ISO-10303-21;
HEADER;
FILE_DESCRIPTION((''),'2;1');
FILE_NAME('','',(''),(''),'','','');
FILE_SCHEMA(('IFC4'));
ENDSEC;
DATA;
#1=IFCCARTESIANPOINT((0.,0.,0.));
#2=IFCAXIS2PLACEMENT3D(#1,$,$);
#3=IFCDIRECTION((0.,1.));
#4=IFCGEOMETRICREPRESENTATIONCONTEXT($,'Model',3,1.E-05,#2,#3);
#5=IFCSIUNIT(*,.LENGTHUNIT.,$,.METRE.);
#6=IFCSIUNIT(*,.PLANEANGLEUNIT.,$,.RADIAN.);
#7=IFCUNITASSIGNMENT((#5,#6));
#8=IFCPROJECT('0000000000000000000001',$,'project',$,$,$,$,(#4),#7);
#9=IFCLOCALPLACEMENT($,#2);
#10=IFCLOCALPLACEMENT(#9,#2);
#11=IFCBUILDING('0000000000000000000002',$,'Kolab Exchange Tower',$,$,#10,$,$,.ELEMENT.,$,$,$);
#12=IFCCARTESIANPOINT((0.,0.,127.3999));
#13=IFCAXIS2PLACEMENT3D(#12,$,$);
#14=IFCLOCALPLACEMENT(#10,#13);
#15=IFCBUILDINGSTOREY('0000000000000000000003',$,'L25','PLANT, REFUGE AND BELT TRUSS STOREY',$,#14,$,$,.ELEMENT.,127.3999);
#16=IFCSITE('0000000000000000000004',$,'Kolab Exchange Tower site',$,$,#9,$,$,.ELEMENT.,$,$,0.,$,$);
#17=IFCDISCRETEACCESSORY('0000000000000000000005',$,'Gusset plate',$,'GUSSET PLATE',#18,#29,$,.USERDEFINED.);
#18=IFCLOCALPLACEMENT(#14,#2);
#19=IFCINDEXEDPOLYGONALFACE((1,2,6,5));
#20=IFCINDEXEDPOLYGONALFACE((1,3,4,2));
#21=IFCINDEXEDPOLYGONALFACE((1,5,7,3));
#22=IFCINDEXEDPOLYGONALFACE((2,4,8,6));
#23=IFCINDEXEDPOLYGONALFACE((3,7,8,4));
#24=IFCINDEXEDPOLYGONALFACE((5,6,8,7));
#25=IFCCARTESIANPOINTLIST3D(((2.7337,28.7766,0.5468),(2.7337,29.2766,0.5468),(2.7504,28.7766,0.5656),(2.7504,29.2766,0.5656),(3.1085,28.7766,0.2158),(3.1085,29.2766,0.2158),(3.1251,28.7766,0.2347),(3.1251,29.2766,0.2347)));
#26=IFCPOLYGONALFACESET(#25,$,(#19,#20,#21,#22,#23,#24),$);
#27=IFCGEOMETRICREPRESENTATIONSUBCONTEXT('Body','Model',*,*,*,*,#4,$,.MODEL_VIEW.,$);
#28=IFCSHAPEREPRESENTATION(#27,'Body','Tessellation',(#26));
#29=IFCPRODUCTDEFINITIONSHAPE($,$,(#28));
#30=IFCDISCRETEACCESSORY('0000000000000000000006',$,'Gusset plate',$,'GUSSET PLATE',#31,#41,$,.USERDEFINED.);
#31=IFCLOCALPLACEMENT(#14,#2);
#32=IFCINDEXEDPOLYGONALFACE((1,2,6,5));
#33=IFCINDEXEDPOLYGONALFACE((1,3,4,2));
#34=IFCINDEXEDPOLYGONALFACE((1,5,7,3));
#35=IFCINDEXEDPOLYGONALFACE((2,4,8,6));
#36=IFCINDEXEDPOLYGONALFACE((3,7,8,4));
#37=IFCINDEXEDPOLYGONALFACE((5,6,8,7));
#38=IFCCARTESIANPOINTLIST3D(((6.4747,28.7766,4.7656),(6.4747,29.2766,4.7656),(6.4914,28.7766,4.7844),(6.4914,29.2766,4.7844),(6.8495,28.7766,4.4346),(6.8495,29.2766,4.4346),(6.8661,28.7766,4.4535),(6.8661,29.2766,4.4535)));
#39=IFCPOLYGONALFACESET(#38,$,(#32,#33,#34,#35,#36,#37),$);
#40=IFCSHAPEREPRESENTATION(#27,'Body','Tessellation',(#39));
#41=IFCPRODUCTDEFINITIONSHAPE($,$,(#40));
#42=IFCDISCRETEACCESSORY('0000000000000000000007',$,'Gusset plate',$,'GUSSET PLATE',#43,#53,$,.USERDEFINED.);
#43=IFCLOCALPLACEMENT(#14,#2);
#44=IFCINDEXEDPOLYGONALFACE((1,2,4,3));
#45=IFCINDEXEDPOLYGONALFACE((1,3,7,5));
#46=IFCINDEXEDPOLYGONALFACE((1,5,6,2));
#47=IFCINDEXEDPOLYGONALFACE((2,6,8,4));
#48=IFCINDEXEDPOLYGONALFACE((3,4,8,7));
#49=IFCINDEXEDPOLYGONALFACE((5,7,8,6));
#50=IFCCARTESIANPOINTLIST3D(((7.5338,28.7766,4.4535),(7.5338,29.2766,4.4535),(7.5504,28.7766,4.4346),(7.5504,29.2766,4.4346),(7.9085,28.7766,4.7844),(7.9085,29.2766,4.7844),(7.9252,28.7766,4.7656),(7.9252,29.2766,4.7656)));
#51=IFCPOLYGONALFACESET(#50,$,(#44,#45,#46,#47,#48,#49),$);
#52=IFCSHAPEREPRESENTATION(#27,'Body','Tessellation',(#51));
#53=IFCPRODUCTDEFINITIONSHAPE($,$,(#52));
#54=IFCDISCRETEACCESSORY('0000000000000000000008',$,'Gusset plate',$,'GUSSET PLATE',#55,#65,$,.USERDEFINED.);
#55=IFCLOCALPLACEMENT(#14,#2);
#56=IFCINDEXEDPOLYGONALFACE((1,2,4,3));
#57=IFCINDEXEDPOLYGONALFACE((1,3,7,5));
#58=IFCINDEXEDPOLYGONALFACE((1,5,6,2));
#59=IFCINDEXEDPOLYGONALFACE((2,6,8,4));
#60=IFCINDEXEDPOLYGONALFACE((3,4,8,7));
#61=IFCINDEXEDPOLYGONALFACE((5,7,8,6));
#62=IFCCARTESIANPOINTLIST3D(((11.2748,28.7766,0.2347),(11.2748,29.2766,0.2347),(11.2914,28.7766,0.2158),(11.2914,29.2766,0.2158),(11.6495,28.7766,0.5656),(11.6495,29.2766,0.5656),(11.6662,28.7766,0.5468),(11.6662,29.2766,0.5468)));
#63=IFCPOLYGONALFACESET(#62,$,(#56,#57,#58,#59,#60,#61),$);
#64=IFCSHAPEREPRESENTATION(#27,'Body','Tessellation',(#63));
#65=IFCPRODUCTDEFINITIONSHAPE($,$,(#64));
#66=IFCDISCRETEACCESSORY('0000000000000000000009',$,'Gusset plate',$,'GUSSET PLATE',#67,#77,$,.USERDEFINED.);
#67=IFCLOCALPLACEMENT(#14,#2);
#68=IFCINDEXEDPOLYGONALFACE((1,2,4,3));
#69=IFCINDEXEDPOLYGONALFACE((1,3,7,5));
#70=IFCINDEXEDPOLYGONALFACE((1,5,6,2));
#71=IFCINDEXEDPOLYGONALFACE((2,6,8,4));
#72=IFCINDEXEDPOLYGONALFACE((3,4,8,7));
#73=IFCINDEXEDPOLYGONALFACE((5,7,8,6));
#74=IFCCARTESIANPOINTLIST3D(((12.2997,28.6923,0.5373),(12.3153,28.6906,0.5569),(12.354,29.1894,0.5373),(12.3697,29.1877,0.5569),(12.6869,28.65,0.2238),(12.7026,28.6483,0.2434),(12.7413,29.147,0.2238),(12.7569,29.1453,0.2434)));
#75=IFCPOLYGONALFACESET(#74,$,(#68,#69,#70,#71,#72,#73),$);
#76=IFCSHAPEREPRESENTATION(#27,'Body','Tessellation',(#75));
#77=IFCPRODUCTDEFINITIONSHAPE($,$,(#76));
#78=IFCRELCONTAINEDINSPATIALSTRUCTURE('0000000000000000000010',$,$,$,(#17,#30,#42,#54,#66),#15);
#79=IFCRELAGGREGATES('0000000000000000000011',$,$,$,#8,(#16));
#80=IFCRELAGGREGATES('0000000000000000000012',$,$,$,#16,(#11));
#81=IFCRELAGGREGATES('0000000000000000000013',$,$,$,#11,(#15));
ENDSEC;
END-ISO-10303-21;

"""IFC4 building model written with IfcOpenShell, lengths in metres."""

from ifc_helpers import new_model, si_unit, direction, frame, origin, origin_2d, place, context, subcontext, project, spatial, rectangle, extrude, element, save


model = new_model("IFC4")

# Units and contexts
model_context = context("Model", 3, precision=1e-05, world=origin(), true_north=direction((0.0, 1.0)))
body_context = subcontext(model_context, "Body", "Model", "MODEL_VIEW")
ifc_project = project(units=[si_unit("LENGTHUNIT", "METRE"), si_unit("PLANEANGLEUNIT", "RADIAN")], contexts=[model_context])

# Site, building, storey
site_placement = place(None, origin())
site = spatial("IfcSite", under=ifc_project, at=site_placement, Name="Kolab Exchange Tower site", CompositionType="ELEMENT", RefElevation=0.0)
building_placement = place(site_placement, origin())
building = spatial("IfcBuilding", under=site, at=building_placement, Name="Kolab Exchange Tower", CompositionType="ELEMENT")
storey_placement = place(building_placement, frame((0.0, 0.0, 127.3999)))
storey = spatial("IfcBuildingStorey", under=building, at=storey_placement, Name="L25", Description="PLANT, REFUGE AND BELT TRUSS STOREY", CompositionType="ELEMENT", Elevation=127.3999)

# Discrete accessories
for number, where, z_axis, x_axis, name in (
    (1, (2.9377, 29.0266, 0.4001), (-0.661944, 0.0, -0.749554), (0.0, -1.0, 0.0), "Gusset plate"),
    (2, (6.6621, 29.0266, 4.6001), (0.661944, 0.0, 0.749554), (0.0, 1.0, 0.0), "Gusset plate"),
    (3, (7.7378, 29.0266, 4.6001), (-0.661944, 0.0, 0.749554), (0.0, -1.0, 0.0), "Gusset plate"),
    (4, (11.4622, 29.0266, 0.4001), (0.661944, 0.0, -0.749554), (0.0, 1.0, 0.0), "Gusset plate"),
    (5, (12.5361, 28.918, 0.4001), (-0.623242, 0.068167, -0.779052), (-0.108727, -0.994072, 0.0), "Gusset plate"),
):
    element("IfcDiscreteAccessory", number, at=place(storey_placement, frame(where, z_axis=z_axis, x_axis=x_axis)), inside=storey, Name=name, ObjectType="GUSSET PLATE", PredefinedType="USERDEFINED", context=body_context, shape_type="SweptSolid", body=[
        extrude(rectangle(XDim=0.5, YDim=0.5, at=origin_2d()), origin(), (0.0, 0.0, 1.0), 0.0251),
    ])

save(model, "model.ifc")
